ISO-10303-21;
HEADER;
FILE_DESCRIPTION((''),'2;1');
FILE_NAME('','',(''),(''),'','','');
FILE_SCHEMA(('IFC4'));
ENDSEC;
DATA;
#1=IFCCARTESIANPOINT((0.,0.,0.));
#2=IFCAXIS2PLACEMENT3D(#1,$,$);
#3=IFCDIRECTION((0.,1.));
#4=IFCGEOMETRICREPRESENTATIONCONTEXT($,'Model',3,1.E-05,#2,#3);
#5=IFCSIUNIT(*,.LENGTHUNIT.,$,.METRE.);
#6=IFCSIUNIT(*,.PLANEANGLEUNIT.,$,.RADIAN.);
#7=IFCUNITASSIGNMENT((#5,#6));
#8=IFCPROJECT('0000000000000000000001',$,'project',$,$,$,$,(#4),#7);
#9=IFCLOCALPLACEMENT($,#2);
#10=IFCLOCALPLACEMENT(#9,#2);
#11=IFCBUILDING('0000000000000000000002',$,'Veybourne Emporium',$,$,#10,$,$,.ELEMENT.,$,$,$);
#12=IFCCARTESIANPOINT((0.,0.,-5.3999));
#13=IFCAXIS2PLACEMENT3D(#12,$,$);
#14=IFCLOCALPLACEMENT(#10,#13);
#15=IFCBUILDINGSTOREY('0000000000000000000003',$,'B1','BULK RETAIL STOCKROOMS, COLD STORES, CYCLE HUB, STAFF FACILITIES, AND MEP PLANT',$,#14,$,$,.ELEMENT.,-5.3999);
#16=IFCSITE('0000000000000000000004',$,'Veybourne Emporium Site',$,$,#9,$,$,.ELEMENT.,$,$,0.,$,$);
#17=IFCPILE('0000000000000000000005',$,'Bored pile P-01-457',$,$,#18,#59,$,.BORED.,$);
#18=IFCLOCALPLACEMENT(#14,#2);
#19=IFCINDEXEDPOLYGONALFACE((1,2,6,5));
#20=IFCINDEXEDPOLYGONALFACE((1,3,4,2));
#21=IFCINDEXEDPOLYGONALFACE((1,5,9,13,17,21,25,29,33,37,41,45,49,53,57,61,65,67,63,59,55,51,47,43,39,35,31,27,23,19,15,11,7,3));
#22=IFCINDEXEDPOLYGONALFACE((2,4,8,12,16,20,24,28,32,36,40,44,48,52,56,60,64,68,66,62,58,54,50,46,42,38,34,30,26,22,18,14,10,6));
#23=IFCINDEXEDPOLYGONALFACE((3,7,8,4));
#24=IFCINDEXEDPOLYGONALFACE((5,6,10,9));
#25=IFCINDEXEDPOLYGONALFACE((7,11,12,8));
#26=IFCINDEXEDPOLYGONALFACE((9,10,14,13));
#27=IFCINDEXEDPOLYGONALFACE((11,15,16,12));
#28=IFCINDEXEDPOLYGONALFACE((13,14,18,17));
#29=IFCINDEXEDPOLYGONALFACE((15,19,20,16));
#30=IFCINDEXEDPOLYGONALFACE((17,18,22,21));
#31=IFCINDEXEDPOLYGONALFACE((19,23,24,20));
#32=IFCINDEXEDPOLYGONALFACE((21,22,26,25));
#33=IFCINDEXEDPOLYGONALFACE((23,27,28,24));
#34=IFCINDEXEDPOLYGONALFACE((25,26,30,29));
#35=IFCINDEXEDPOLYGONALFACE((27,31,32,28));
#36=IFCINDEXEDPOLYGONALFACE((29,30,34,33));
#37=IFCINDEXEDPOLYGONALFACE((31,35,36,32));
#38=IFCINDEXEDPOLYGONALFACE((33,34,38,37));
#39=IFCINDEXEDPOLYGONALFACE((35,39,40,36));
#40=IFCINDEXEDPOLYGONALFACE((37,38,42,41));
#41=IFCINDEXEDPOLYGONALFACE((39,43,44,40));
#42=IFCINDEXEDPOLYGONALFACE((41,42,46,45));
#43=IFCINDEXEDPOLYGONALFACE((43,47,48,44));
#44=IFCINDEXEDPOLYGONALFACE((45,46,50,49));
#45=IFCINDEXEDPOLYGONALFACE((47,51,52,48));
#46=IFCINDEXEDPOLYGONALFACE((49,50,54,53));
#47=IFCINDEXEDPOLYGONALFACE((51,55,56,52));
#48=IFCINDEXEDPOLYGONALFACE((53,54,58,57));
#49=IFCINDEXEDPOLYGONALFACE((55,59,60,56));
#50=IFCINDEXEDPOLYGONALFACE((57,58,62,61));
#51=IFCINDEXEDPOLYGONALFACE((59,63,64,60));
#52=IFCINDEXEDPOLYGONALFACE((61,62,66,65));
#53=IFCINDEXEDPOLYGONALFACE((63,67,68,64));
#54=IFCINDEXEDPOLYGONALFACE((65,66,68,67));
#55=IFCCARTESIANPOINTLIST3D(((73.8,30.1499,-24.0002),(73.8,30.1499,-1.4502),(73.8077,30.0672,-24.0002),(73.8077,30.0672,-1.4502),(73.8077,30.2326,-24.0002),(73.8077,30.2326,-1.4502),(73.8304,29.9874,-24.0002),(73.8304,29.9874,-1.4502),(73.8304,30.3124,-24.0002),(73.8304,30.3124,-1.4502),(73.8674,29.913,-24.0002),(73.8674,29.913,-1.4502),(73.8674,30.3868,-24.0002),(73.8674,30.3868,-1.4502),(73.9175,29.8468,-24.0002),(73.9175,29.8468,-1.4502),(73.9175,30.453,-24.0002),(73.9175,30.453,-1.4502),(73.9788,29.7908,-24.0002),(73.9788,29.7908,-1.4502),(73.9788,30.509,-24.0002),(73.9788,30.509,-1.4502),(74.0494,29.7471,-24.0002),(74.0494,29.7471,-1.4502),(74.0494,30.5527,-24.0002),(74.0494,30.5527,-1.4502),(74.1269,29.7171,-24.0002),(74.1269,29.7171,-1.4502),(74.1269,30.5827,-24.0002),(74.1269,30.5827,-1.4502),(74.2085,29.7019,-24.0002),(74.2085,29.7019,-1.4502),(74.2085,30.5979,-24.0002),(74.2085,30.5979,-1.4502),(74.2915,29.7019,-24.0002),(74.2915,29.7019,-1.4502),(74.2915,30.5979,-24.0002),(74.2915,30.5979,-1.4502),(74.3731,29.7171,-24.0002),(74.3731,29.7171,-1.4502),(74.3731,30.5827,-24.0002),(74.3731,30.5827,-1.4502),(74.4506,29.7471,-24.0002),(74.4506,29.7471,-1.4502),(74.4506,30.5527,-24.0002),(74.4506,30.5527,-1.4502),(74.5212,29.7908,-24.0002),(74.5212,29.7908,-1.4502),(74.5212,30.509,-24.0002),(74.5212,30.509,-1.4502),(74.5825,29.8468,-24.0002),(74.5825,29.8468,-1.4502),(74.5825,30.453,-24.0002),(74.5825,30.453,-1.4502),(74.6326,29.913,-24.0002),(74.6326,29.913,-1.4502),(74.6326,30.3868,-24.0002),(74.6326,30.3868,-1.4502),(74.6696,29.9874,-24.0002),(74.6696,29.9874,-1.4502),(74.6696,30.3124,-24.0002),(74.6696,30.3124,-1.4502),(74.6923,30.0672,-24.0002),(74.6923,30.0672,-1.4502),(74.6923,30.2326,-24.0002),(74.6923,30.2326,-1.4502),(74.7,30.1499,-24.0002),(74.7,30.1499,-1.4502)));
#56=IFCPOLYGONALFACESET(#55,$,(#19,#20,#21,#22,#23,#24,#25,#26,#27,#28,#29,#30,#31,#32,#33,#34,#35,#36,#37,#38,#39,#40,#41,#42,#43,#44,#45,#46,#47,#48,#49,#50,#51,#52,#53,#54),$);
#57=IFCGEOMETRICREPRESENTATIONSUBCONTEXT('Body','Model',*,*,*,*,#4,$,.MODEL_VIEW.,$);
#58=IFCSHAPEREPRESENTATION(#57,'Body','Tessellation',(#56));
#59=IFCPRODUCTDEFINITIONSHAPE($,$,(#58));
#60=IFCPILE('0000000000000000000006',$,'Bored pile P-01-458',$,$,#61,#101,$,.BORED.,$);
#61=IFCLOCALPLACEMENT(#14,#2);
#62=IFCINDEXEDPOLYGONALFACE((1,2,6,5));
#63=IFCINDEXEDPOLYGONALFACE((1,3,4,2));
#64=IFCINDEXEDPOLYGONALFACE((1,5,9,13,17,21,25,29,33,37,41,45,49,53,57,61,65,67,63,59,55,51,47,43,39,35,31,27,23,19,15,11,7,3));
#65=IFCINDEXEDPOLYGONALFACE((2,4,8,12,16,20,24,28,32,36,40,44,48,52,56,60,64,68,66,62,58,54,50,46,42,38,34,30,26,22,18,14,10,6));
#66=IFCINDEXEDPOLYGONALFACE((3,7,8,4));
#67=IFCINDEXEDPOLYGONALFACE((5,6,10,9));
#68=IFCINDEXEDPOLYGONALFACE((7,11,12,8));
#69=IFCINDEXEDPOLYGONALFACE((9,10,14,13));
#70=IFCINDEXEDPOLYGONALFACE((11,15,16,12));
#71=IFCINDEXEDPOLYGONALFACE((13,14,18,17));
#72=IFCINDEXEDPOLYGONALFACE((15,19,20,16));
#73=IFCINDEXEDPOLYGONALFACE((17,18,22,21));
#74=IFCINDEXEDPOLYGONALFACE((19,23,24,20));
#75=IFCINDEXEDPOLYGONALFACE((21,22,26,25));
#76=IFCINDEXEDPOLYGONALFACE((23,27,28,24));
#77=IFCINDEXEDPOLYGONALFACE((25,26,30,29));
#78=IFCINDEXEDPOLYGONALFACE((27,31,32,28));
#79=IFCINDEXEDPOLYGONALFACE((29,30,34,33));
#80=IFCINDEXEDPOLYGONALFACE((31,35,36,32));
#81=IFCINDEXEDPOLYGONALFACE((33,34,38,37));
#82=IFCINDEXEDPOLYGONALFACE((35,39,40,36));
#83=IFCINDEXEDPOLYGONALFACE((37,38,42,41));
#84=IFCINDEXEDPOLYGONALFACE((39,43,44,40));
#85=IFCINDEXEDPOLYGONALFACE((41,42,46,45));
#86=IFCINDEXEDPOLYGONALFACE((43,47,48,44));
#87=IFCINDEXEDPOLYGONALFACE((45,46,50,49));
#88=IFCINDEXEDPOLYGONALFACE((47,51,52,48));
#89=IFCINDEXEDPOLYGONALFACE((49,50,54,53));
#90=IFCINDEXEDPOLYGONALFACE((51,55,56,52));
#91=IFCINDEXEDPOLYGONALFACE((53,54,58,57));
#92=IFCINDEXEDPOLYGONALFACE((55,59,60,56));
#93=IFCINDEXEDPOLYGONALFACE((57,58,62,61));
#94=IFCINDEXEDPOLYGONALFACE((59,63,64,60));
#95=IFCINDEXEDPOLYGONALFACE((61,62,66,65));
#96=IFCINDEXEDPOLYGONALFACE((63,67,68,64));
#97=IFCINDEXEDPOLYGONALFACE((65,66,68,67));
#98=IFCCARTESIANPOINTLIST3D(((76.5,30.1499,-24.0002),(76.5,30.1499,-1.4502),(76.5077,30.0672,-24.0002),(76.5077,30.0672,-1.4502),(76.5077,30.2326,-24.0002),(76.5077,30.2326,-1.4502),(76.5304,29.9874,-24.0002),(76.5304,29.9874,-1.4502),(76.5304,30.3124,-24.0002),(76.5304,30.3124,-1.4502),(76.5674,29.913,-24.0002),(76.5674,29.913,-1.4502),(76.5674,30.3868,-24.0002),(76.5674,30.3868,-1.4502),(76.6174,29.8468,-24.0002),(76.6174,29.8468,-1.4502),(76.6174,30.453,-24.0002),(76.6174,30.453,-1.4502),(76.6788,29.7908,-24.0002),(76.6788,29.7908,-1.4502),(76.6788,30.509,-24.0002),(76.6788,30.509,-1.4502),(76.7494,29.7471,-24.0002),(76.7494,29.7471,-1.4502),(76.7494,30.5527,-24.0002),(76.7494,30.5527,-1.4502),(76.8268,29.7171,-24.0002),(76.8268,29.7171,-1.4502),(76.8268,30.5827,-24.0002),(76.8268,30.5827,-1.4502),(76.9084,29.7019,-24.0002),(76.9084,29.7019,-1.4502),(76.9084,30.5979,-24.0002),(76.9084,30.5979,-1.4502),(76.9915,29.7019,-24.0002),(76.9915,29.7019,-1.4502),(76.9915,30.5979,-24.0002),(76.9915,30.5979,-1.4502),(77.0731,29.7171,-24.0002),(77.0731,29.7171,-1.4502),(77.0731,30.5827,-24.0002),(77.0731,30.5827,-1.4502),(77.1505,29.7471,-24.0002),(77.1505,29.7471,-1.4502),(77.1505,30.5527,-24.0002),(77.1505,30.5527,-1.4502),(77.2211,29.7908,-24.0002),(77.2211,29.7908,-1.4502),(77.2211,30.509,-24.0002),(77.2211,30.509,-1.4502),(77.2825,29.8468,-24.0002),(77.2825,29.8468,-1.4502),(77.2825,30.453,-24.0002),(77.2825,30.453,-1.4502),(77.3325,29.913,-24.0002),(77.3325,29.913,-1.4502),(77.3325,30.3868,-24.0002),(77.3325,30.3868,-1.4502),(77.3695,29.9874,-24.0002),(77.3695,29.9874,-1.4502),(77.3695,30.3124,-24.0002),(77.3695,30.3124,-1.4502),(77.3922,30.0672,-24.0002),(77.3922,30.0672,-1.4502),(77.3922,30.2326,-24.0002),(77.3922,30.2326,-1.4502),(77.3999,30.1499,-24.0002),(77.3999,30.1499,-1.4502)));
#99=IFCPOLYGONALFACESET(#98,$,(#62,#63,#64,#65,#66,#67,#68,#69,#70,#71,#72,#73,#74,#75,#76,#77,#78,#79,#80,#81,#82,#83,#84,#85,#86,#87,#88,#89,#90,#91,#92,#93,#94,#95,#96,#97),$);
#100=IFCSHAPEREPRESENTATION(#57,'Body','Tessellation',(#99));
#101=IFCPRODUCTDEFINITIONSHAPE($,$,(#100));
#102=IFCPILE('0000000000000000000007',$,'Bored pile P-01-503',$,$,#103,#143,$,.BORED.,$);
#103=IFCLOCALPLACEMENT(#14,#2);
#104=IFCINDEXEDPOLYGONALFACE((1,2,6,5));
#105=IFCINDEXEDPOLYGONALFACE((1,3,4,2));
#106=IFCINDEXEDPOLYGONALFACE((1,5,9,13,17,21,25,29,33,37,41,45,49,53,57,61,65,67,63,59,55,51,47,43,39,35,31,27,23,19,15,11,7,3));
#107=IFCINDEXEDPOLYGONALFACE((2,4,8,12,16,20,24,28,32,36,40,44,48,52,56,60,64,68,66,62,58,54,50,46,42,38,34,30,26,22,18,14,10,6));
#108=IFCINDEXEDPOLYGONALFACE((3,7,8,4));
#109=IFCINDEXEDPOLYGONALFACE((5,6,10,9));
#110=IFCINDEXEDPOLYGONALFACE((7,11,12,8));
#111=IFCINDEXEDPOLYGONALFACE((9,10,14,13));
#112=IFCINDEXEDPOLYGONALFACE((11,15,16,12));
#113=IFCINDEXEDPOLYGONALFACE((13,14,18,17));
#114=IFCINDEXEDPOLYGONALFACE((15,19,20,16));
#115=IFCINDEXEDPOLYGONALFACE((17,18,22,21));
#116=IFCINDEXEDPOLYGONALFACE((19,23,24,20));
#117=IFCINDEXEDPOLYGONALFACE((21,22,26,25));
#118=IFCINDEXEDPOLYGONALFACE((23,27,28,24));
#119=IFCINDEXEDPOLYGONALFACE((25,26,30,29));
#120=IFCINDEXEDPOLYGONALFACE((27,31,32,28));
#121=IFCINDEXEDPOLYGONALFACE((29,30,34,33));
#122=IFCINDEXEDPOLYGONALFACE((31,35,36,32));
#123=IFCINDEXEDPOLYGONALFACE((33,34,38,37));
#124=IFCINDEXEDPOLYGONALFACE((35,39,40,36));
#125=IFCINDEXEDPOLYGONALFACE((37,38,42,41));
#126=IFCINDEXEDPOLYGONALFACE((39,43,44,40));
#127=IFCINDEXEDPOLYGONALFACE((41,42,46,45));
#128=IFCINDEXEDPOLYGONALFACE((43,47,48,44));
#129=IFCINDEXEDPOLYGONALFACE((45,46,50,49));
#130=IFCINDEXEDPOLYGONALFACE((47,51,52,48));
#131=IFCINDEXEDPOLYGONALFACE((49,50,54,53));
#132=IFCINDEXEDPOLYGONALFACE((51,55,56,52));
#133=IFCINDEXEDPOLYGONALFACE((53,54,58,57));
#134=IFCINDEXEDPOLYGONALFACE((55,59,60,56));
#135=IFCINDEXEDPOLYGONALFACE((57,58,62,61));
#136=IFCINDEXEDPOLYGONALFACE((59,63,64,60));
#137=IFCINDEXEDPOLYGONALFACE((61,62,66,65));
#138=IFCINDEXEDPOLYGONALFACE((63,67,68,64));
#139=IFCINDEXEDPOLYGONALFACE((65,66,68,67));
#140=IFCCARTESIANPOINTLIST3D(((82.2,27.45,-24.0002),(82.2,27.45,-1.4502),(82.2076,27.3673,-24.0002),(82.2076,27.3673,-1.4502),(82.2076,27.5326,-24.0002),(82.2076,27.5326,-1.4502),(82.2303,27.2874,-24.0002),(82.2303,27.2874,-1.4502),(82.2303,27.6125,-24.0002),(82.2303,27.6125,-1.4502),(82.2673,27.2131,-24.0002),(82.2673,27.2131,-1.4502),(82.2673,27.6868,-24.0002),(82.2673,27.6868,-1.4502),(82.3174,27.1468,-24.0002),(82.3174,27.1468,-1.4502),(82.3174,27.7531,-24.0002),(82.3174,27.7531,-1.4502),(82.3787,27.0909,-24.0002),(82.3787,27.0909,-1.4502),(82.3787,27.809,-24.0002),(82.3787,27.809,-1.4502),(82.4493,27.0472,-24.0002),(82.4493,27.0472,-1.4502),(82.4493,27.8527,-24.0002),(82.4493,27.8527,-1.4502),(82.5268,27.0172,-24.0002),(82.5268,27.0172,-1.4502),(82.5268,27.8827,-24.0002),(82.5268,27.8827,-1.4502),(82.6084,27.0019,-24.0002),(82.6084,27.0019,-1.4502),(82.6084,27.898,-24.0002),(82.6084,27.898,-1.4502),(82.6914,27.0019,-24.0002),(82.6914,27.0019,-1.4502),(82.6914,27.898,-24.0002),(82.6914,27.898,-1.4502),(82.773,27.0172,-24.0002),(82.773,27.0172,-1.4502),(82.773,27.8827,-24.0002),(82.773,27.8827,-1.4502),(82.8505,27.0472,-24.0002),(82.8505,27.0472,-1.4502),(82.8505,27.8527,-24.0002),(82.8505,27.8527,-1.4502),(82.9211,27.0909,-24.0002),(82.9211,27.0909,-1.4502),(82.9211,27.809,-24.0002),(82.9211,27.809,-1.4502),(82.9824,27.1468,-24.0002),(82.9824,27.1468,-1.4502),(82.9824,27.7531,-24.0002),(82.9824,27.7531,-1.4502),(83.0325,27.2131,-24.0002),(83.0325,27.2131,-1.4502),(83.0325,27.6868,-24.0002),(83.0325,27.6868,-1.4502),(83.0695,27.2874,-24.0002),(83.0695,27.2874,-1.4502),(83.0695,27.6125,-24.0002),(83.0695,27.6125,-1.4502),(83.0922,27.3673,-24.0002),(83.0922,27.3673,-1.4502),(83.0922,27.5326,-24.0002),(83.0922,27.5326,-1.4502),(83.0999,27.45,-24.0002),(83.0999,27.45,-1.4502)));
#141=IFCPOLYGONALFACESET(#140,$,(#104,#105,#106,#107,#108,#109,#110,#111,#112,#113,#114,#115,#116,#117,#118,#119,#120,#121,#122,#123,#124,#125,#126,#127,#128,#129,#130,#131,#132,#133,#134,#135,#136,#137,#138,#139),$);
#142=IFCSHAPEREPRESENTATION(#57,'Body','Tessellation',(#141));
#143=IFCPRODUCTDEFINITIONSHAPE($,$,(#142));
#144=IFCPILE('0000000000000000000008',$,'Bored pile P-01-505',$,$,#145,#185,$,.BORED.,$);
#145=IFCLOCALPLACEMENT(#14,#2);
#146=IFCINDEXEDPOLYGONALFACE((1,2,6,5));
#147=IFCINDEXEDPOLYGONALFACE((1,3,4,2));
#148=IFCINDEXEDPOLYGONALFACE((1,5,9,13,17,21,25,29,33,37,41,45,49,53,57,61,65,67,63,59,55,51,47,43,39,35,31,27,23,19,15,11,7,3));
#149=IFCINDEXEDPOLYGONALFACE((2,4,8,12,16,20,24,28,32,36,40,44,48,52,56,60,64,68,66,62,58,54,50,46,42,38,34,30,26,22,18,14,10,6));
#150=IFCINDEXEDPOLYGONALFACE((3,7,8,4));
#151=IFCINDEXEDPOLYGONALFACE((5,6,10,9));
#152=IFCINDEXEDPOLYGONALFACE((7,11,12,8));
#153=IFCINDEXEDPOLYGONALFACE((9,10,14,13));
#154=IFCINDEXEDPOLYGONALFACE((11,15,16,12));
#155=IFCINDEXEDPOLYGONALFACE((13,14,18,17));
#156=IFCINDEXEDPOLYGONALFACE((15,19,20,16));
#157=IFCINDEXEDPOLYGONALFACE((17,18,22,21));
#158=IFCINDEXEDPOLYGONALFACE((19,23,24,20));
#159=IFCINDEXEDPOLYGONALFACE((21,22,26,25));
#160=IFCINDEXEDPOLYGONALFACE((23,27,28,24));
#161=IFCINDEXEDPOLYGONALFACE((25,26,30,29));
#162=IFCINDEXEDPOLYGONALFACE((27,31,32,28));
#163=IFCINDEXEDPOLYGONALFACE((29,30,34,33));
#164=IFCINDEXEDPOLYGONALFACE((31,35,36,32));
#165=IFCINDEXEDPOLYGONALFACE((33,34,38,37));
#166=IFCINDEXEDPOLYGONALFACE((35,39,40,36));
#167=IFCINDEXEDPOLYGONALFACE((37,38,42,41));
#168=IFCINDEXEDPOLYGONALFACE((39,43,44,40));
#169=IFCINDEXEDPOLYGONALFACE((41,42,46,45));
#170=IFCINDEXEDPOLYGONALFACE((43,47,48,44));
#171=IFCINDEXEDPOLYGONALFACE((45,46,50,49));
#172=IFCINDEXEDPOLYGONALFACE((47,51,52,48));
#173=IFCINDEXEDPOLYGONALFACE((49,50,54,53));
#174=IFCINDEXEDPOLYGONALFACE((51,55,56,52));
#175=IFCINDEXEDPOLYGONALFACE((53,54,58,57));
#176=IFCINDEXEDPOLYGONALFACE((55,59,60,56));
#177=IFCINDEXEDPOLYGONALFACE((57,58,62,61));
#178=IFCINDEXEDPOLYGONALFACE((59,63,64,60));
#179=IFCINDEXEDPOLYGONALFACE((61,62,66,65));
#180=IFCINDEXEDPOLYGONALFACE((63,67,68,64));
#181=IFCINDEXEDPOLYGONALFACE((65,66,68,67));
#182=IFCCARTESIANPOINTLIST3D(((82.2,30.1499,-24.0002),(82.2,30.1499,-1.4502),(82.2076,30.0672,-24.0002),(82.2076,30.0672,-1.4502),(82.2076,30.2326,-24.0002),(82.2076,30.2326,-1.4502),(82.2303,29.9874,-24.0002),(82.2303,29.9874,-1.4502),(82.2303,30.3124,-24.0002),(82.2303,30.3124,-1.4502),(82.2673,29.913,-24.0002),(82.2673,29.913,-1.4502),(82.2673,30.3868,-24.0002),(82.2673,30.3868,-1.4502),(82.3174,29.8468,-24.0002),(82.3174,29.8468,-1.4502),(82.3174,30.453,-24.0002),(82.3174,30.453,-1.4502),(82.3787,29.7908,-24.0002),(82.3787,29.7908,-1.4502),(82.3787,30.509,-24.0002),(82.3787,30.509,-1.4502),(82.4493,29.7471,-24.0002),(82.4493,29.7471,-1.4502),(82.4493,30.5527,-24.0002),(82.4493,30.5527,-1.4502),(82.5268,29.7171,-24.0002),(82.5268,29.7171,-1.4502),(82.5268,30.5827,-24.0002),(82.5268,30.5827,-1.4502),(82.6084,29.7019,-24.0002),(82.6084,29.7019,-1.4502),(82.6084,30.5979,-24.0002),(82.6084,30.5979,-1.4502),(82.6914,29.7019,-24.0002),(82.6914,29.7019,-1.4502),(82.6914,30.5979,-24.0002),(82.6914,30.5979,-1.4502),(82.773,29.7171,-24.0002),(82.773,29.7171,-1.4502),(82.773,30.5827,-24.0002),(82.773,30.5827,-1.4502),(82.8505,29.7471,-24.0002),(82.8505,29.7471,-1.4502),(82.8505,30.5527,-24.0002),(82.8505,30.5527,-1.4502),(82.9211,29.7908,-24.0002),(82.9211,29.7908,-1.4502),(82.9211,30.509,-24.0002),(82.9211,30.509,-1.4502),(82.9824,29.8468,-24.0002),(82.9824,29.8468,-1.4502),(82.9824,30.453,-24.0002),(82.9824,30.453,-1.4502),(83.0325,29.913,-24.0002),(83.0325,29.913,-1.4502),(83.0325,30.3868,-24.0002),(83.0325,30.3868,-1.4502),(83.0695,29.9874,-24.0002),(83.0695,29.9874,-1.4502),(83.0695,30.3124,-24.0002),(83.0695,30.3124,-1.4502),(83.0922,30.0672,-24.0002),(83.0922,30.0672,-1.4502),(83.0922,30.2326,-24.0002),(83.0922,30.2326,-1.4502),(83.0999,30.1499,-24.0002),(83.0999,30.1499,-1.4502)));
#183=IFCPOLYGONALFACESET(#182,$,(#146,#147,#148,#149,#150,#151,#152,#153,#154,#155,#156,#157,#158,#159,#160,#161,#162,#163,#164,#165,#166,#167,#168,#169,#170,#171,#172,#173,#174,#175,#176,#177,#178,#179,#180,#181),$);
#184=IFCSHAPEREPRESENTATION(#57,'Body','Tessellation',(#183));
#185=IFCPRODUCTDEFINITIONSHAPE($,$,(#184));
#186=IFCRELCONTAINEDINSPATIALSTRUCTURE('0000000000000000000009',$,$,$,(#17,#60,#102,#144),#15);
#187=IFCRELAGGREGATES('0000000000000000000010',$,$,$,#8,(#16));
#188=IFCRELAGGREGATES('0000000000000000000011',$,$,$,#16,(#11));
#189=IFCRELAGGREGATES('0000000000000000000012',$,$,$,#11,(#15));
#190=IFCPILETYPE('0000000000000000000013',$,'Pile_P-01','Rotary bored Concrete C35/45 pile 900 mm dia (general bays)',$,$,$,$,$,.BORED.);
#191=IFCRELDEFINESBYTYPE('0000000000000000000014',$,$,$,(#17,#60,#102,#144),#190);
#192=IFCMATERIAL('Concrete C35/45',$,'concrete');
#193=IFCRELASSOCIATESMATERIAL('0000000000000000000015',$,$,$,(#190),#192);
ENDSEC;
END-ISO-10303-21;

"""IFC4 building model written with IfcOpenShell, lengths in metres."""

from ifc_helpers import new_model, si_unit, direction, frame, origin, origin_2d, place, context, subcontext, project, spatial, circle, extrude, material, material_profile, profile_set, type_object, element, save


model = new_model("IFC4")

# Units and contexts
model_context = context("Model", 3, precision=1e-05, world=origin(), true_north=direction((0.0, 1.0)))
body_context = subcontext(model_context, "Body", "Model", "MODEL_VIEW")
ifc_project = project(units=[si_unit("LENGTHUNIT", "METRE"), si_unit("PLANEANGLEUNIT", "RADIAN")], contexts=[model_context])

# Site, building, storey
site_placement = place(None, origin())
site = spatial("IfcSite", under=ifc_project, at=site_placement, Name="Veybourne Emporium Site", CompositionType="ELEMENT", RefElevation=0.0)
building_placement = place(site_placement, origin())
building = spatial("IfcBuilding", under=site, at=building_placement, Name="Veybourne Emporium", CompositionType="ELEMENT")
storey_placement = place(building_placement, frame((0.0, 0.0, -5.3999)))
storey = spatial("IfcBuildingStorey", under=building, at=storey_placement, Name="B1", Description="BULK RETAIL STOCKROOMS, COLD STORES, CYCLE HUB, STAFF FACILITIES, AND MEP PLANT", CompositionType="ELEMENT", Elevation=-5.3999)

# Shared definitions
ifc_material_1 = material(Name="Concrete C35/45", Category="concrete")

# Piles
ifc_material_profile_1 = material_profile(ifc_material_1, circle(Radius=0.45, at=origin_2d()), Name="BORED PILE 900")
ifc_profile_set_1 = profile_set([ifc_material_profile_1], Name="Concrete C35/45")
pile_type_1 = type_object("IfcPileType", Name="Pile_P-01", Description="Rotary bored Concrete C35/45 pile 900 mm dia (general bays)", PredefinedType="BORED", material=ifc_profile_set_1)
for number, where, z_axis, x_axis, name in (
    (1, (74.25, 30.1499, -1.4502), (0.0, 0.0, -1.0), (1.0, 0.0, 0.0), "Bored pile P-01-457"),
    (2, (76.95, 30.1499, -1.4502), (0.0, 0.0, -1.0), (1.0, 0.0, 0.0), "Bored pile P-01-458"),
    (3, (82.6499, 27.45, -1.4502), (0.0, 0.0, -1.0), (1.0, 0.0, 0.0), "Bored pile P-01-503"),
    (4, (82.6499, 30.1499, -1.4502), (0.0, 0.0, -1.0), (1.0, 0.0, 0.0), "Bored pile P-01-505"),
):
    element("IfcPile", number, at=place(storey_placement, frame(where, z_axis=z_axis, x_axis=x_axis)), inside=storey, type_object=pile_type_1, Name=name, PredefinedType="BORED", context=body_context, shape_type="SweptSolid", body=[
        extrude(circle(Radius=0.45, at=origin_2d()), origin(), (0.0, 0.0, 1.0), 22.55),
    ])

save(model, "model.ifc")
